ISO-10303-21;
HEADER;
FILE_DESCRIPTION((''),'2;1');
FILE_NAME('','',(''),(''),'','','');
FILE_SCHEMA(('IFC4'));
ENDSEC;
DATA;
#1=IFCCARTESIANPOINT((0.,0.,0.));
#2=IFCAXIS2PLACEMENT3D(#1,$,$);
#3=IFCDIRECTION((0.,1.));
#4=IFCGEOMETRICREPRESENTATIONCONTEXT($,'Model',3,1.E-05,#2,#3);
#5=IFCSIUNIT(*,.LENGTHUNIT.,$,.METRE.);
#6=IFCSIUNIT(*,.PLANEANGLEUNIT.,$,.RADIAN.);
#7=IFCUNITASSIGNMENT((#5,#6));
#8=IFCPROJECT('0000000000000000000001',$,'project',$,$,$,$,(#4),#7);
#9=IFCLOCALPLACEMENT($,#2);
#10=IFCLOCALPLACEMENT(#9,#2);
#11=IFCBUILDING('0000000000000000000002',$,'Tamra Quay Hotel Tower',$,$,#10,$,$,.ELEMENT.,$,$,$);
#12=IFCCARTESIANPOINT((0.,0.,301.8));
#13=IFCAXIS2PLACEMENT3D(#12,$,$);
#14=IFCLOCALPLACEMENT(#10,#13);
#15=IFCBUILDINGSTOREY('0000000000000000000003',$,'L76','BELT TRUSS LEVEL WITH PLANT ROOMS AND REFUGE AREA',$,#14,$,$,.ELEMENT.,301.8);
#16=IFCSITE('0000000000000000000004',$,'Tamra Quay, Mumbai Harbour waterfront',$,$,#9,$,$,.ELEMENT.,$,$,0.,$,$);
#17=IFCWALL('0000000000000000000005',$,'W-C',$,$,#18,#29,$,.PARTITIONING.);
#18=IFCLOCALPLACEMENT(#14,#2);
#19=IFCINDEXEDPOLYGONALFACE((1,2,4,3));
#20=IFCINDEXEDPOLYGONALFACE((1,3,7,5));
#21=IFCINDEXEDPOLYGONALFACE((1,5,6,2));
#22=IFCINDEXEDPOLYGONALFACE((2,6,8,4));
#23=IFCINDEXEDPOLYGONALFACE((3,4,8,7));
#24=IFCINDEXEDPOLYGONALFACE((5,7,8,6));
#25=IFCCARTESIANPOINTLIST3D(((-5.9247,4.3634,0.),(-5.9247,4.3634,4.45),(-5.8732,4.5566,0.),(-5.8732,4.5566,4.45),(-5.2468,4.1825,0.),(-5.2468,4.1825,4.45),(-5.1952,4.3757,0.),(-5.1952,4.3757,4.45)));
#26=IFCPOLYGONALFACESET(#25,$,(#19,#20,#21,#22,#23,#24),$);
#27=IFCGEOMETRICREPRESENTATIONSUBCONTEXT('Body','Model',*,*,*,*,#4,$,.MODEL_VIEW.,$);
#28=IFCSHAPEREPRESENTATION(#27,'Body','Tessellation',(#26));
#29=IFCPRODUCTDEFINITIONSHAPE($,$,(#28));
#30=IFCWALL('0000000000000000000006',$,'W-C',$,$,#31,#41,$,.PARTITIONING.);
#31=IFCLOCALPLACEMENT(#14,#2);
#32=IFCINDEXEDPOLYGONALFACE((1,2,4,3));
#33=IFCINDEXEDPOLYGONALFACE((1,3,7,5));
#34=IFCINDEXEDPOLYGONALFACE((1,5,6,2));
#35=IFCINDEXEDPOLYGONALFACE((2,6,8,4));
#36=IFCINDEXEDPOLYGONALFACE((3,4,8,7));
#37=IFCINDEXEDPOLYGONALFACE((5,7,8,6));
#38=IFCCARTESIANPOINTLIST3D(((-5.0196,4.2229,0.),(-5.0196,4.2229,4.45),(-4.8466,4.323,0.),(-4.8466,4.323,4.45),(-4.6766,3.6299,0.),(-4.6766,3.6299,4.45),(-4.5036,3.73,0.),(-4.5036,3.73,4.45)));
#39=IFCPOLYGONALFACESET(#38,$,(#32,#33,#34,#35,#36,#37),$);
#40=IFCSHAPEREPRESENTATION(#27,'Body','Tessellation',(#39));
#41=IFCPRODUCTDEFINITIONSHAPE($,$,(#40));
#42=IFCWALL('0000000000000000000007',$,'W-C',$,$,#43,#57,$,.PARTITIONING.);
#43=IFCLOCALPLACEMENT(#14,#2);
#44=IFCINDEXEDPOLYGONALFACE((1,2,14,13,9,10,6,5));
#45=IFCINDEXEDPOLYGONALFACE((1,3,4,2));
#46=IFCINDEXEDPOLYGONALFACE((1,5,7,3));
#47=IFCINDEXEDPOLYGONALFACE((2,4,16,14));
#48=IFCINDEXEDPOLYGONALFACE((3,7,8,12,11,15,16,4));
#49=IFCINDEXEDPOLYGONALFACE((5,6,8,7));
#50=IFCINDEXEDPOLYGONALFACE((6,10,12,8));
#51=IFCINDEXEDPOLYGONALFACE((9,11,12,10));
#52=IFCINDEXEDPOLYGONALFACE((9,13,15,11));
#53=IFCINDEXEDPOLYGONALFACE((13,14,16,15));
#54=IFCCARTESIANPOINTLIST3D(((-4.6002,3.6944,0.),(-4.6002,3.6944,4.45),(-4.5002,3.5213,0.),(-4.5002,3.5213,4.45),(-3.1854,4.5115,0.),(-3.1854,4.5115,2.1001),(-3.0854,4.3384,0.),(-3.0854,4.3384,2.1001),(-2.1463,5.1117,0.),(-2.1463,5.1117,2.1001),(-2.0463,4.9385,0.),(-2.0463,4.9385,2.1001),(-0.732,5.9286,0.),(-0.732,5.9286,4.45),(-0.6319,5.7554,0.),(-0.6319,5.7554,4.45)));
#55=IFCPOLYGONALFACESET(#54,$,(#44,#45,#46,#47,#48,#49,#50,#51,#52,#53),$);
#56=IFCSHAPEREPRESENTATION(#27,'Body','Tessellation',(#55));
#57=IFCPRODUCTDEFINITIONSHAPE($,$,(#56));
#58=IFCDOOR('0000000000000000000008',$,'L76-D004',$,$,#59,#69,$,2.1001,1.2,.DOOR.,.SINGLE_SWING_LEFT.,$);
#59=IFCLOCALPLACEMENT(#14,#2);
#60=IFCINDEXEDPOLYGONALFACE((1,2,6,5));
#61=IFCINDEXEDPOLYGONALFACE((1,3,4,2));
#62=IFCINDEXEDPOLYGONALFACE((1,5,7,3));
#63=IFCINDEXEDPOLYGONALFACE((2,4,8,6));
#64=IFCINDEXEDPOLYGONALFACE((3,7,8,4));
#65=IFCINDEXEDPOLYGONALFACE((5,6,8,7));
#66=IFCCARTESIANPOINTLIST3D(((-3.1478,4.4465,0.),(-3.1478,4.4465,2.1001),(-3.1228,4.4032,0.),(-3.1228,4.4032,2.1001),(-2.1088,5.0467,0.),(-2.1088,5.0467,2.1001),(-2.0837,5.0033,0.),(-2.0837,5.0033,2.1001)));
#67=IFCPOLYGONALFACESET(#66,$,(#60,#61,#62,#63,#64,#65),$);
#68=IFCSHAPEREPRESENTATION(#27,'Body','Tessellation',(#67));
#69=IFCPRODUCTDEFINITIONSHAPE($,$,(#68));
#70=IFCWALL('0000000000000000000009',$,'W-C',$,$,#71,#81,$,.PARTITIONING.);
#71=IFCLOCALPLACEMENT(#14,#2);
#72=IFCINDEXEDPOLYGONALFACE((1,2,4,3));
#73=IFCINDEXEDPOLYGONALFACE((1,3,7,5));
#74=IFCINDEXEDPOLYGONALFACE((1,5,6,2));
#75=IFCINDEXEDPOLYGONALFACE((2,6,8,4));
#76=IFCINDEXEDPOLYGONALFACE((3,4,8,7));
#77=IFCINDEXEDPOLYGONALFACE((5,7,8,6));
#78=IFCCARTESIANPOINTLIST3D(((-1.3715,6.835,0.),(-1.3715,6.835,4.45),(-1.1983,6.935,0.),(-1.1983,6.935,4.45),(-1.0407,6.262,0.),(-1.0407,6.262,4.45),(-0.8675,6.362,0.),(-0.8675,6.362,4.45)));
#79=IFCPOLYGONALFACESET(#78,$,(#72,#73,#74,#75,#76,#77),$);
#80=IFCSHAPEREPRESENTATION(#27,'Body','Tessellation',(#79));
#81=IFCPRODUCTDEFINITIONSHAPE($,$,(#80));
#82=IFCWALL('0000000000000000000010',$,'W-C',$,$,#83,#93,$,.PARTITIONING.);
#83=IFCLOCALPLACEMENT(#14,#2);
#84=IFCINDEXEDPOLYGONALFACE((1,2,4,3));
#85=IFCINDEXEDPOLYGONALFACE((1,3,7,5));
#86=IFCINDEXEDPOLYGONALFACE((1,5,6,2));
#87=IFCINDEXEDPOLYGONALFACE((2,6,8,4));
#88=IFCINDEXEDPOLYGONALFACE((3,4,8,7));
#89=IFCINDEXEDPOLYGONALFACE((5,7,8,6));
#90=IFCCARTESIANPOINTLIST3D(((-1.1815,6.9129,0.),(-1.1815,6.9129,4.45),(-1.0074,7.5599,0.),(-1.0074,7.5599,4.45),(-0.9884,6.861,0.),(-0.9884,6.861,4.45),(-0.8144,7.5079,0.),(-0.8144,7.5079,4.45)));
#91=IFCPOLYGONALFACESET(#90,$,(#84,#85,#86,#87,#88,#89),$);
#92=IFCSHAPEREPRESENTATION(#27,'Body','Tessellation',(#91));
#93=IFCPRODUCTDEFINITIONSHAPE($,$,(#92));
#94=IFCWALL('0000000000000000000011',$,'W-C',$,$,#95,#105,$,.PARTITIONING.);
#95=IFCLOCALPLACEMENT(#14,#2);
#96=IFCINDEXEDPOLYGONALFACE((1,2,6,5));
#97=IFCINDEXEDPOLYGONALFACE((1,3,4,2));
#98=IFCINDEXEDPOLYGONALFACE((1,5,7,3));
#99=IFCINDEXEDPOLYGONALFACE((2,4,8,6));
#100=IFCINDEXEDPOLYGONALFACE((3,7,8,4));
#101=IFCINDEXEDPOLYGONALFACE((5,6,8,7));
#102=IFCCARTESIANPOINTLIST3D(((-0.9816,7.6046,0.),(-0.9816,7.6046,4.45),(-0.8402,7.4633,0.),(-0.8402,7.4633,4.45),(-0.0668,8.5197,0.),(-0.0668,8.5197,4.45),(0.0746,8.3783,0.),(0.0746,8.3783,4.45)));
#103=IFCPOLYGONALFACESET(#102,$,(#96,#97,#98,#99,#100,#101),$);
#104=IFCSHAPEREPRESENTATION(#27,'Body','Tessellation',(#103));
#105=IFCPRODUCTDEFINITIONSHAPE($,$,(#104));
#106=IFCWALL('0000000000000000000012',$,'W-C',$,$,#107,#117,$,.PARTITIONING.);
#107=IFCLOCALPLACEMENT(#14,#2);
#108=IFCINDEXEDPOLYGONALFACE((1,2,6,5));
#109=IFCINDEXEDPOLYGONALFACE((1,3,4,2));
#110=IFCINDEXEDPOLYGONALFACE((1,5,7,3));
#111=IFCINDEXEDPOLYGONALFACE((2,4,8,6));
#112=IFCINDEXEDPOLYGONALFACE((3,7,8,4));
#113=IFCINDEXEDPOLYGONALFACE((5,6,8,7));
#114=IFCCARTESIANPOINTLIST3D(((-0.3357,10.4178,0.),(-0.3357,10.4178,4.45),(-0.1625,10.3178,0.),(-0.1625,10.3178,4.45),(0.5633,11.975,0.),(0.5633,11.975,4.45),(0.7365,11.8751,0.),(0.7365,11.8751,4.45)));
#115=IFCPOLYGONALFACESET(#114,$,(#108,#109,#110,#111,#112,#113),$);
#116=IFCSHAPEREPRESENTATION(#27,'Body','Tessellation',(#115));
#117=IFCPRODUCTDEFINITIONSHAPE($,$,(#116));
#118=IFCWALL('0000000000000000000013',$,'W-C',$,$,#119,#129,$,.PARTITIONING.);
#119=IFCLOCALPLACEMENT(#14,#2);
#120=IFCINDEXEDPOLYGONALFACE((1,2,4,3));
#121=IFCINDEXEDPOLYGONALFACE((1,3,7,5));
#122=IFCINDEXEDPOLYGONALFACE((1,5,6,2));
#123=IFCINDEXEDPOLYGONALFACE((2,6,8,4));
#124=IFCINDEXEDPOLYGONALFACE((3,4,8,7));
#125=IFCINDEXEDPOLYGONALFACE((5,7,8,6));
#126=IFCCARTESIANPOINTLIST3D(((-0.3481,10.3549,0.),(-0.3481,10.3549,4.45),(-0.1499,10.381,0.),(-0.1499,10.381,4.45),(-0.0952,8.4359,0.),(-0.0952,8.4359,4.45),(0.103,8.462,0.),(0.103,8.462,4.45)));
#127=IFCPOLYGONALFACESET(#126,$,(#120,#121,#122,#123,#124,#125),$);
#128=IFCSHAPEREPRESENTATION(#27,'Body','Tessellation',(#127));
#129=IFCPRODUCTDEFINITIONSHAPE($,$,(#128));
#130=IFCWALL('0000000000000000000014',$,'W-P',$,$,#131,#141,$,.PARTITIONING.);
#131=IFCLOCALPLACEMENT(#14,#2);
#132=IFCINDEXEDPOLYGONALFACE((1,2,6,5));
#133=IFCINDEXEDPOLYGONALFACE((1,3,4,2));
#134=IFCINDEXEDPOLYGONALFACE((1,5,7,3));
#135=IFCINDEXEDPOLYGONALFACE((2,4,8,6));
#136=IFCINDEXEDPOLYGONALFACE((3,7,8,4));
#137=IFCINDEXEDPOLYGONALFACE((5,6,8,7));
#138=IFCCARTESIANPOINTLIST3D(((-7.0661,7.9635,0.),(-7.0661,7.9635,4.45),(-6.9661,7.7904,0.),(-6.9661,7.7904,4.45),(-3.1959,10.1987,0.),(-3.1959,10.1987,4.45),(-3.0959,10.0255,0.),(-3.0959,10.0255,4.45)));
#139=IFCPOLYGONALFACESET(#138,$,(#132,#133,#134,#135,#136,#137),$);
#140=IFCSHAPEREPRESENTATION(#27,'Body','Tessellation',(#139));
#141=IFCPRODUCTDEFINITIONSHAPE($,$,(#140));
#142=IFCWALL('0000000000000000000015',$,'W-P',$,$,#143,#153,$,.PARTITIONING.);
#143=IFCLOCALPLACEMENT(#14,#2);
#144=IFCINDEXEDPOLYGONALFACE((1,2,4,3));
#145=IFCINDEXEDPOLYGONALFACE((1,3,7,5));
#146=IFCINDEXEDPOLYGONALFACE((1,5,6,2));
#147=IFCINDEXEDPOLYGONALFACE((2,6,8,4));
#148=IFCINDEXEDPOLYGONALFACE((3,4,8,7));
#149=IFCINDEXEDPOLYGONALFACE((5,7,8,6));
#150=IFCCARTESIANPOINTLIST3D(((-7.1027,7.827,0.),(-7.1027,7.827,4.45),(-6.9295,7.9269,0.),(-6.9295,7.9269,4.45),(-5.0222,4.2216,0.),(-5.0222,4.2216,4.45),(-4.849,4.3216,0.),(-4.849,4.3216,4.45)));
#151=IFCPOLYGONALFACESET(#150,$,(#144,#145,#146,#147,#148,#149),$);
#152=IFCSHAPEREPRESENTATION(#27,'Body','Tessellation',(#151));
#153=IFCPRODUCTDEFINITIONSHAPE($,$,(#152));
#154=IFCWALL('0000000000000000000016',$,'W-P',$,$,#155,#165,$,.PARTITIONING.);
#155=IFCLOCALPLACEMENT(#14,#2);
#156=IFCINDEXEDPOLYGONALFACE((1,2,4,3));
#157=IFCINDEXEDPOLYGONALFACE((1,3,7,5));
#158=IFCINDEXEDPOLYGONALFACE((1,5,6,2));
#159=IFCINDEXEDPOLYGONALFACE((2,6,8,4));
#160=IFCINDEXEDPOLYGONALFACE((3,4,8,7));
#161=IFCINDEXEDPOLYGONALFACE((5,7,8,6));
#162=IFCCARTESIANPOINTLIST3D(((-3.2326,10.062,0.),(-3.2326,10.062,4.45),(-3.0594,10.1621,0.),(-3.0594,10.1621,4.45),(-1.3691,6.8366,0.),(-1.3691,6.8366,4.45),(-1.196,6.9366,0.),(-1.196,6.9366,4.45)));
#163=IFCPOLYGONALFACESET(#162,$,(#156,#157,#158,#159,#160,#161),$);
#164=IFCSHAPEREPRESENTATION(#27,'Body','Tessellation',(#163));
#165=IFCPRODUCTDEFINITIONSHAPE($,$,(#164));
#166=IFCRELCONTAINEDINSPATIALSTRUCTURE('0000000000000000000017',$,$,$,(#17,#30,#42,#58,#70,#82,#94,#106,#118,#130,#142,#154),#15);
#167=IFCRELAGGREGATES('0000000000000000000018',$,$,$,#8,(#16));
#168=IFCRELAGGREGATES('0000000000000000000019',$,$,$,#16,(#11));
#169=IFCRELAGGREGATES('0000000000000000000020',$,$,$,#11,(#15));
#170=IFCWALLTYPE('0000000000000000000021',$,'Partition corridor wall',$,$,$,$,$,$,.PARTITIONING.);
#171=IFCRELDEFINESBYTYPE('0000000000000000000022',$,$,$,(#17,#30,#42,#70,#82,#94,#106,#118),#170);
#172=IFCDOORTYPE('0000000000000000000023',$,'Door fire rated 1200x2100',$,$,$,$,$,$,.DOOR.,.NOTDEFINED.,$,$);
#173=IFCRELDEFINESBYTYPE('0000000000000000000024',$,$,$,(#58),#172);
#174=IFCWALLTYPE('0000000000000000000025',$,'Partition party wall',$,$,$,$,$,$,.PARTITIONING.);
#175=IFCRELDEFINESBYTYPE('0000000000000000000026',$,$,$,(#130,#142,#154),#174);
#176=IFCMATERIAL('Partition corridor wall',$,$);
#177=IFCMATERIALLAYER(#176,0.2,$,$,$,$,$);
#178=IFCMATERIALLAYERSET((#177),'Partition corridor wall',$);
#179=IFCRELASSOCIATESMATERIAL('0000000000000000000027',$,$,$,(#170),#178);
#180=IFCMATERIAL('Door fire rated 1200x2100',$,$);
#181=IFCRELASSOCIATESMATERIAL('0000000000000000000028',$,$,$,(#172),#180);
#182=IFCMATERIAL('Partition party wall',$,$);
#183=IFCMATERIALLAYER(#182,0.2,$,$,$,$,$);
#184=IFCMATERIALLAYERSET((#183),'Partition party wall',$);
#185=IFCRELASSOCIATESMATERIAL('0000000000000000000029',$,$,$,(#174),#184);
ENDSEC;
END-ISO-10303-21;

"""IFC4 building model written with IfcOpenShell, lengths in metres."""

from ifc_helpers import new_model, si_unit, direction, frame, frame_2d, origin, place, context, subcontext, project, spatial, rectangle, extrude, material, layer, layer_set, type_object, element, fill, save


model = new_model("IFC4")

# Units and contexts
model_context = context("Model", 3, precision=1e-05, world=origin(), true_north=direction((0.0, 1.0)))
body_context = subcontext(model_context, "Body", "Model", "MODEL_VIEW")
ifc_project = project(units=[si_unit("LENGTHUNIT", "METRE"), si_unit("PLANEANGLEUNIT", "RADIAN")], contexts=[model_context])

# Site, building, storey
site_placement = place(None, origin())
site = spatial("IfcSite", under=ifc_project, at=site_placement, Name="Tamra Quay, Mumbai Harbour waterfront", CompositionType="ELEMENT", RefElevation=0.0)
building_placement = place(site_placement, origin())
building = spatial("IfcBuilding", under=site, at=building_placement, Name="Tamra Quay Hotel Tower", CompositionType="ELEMENT")
storey_placement = place(building_placement, frame((0.0, 0.0, 301.8)))
storey = spatial("IfcBuildingStorey", under=building, at=storey_placement, Name="L76", Description="BELT TRUSS LEVEL WITH PLANT ROOMS AND REFUGE AREA", CompositionType="ELEMENT", Elevation=301.8)

# Walls
ifc_material_1 = material(Name="Partition corridor wall")
ifc_layer_1 = layer(ifc_material_1, 0.2)
ifc_layer_set_1 = layer_set([ifc_layer_1], Name="Partition corridor wall")
wall_type_1 = type_object("IfcWallType", Name="Partition corridor wall", PredefinedType="PARTITIONING", material=ifc_layer_set_1)
wall_1_placement = place(storey_placement, frame((-5.8989, 4.46, 0.0), z_axis=(0.0, 0.0, 1.0), x_axis=(0.966195, -0.257814, 0.0)))
element("IfcWall", 1, at=wall_1_placement, inside=storey, type_object=wall_type_1, Name="W-C", PredefinedType="PARTITIONING", context=body_context, shape_type="SweptSolid", body=[
    extrude(rectangle(XDim=0.7017, YDim=0.2, at=frame_2d((0.3508, 0.0))), origin(), (0.0, 0.0, 1.0), 4.45),
])
wall_2_placement = place(storey_placement, frame((-4.9331, 4.2729, 0.0), z_axis=(0.0, 0.0, 1.0), x_axis=(0.500699, -0.865621, 0.0)))
element("IfcWall", 2, at=wall_2_placement, inside=storey, type_object=wall_type_1, Name="W-C", PredefinedType="PARTITIONING", context=body_context, shape_type="SweptSolid", body=[
    extrude(rectangle(XDim=0.6851, YDim=0.2, at=frame_2d((0.3425, 0.0))), origin(), (0.0, 0.0, 1.0), 4.45),
])

# Wall, opening, door
wall_3_placement = place(storey_placement, frame((-4.55, 3.6079, 0.0), z_axis=(0.0, 0.0, 1.0), x_axis=(0.865943, 0.500142, 0.0)))
wall_3 = element("IfcWall", 3, at=wall_3_placement, inside=storey, type_object=wall_type_1, Name="W-C", PredefinedType="PARTITIONING", context=body_context, shape_type="SweptSolid", body=[
    extrude(rectangle(XDim=4.467, YDim=0.2, at=frame_2d((2.2334, 0.0))), origin(), (0.0, 0.0, 1.0), 4.45),
])
opening_1_placement = place(wall_3_placement, frame((1.6335, 0.0, 0.0)))
opening_1 = element("IfcOpeningElement", 4, at=opening_1_placement, cuts=wall_3, PredefinedType="OPENING", context=body_context, shape_type="SweptSolid", body=[
    extrude(rectangle(XDim=1.2, YDim=2.1001, at=frame_2d((0.6001, 1.05))), frame((0.0, 0.1099, 0.0), z_axis=(0.0, -1.0, 0.0), x_axis=(1.0, 0.0, 0.0)), (0.0, 0.0, 1.0), 0.22),
])
ifc_material_2 = material(Name="Door fire rated 1200x2100")
door_type_1 = type_object("IfcDoorType", Name="Door fire rated 1200x2100", OperationType="NOTDEFINED", PredefinedType="DOOR", material=ifc_material_2)
door_1_placement = place(opening_1_placement, origin())
door_1 = element("IfcDoor", 5, at=door_1_placement, inside=storey, type_object=door_type_1, Name="L76-D004", OperationType="SINGLE_SWING_LEFT", OverallHeight=2.1001, OverallWidth=1.2, PredefinedType="DOOR", context=body_context, shape_type="SweptSolid", body=[
    extrude(rectangle(XDim=1.2, YDim=2.1001, at=frame_2d((0.6001, 1.05))), frame((0.0, 0.0249, 0.0), z_axis=(0.0, -1.0, 0.0), x_axis=(1.0, 0.0, 0.0)), (0.0, 0.0, 1.0), 0.05),
])
fill(opening_1, door_1)

# Walls
wall_4_placement = place(storey_placement, frame((-1.2849, 6.885, 0.0), z_axis=(0.0, 0.0, 1.0), x_axis=(0.499989, -0.866032, 0.0)))
element("IfcWall", 6, at=wall_4_placement, inside=storey, type_object=wall_type_1, Name="W-C", PredefinedType="PARTITIONING", context=body_context, shape_type="SweptSolid", body=[
    extrude(rectangle(XDim=0.6616, YDim=0.2, at=frame_2d((0.3308, 0.0))), origin(), (0.0, 0.0, 1.0), 4.45),
])
wall_5_placement = place(storey_placement, frame((-1.085, 6.887, 0.0), z_axis=(0.0, 0.0, 1.0), x_axis=(0.259817, 0.965658, 0.0)))
element("IfcWall", 7, at=wall_5_placement, inside=storey, type_object=wall_type_1, Name="W-C", PredefinedType="PARTITIONING", context=body_context, shape_type="SweptSolid", body=[
    extrude(rectangle(XDim=0.6699, YDim=0.2, at=frame_2d((0.335, 0.0))), origin(), (0.0, 0.0, 1.0), 4.45),
])
wall_6_placement = place(storey_placement, frame((-0.9109, 7.5339, 0.0), z_axis=(0.0, 0.0, 1.0), x_axis=(0.707012, 0.707201, 0.0)))
element("IfcWall", 8, at=wall_6_placement, inside=storey, type_object=wall_type_1, Name="W-C", PredefinedType="PARTITIONING", context=body_context, shape_type="SweptSolid", body=[
    extrude(rectangle(XDim=1.2939, YDim=0.2, at=frame_2d((0.647, 0.0))), origin(), (0.0, 0.0, 1.0), 4.45),
])
wall_7_placement = place(storey_placement, frame((-0.249, 10.3679, 0.0), z_axis=(0.0, 0.0, 1.0), x_axis=(0.499965, 0.866045, 0.0)))
element("IfcWall", 9, at=wall_7_placement, inside=storey, type_object=wall_type_1, Name="W-C", PredefinedType="PARTITIONING", context=body_context, shape_type="SweptSolid", body=[
    extrude(rectangle(XDim=1.7981, YDim=0.2, at=frame_2d((0.8989, 0.0))), origin(), (0.0, 0.0, 1.0), 4.45),
])
wall_8_placement = place(storey_placement, frame((-0.249, 10.3679, 0.0), z_axis=(0.0, 0.0, 1.0), x_axis=(0.130676, -0.991425, 0.0)))
element("IfcWall", 10, at=wall_8_placement, inside=storey, type_object=wall_type_1, Name="W-C", PredefinedType="PARTITIONING", context=body_context, shape_type="SweptSolid", body=[
    extrude(rectangle(XDim=1.9355, YDim=0.2, at=frame_2d((0.9678, 0.0))), origin(), (0.0, 0.0, 1.0), 4.45),
])
ifc_material_3 = material(Name="Partition party wall")
ifc_layer_2 = layer(ifc_material_3, 0.2)
ifc_layer_set_2 = layer_set([ifc_layer_2], Name="Partition party wall")
wall_type_2 = type_object("IfcWallType", Name="Partition party wall", PredefinedType="PARTITIONING", material=ifc_layer_set_2)
wall_9_placement = place(storey_placement, frame((-7.0161, 7.877, 0.0), z_axis=(0.0, 0.0, 1.0), x_axis=(0.865958, 0.500116, 0.0)))
element("IfcWall", 11, at=wall_9_placement, inside=storey, type_object=wall_type_2, Name="W-P", PredefinedType="PARTITIONING", context=body_context, shape_type="SweptSolid", body=[
    extrude(rectangle(XDim=4.4692, YDim=0.2, at=frame_2d((2.2346, 0.0))), origin(), (0.0, 0.0, 1.0), 4.45),
])
wall_10_placement = place(storey_placement, frame((-7.0161, 7.877, 0.0), z_axis=(0.0, 0.0, 1.0), x_axis=(0.49981, -0.866135, 0.0)))
element("IfcWall", 12, at=wall_10_placement, inside=storey, type_object=wall_type_2, Name="W-P", PredefinedType="PARTITIONING", context=body_context, shape_type="SweptSolid", body=[
    extrude(rectangle(XDim=4.1626, YDim=0.2, at=frame_2d((2.0813, 0.0))), origin(), (0.0, 0.0, 1.0), 4.45),
])
wall_11_placement = place(storey_placement, frame((-3.146, 10.1121, 0.0), z_axis=(0.0, 0.0, 1.0), x_axis=(0.500248, -0.865882, 0.0)))
element("IfcWall", 13, at=wall_11_placement, inside=storey, type_object=wall_type_2, Name="W-P", PredefinedType="PARTITIONING", context=body_context, shape_type="SweptSolid", body=[
    extrude(rectangle(XDim=3.7251, YDim=0.2, at=frame_2d((1.8625, 0.0))), origin(), (0.0, 0.0, 1.0), 4.45),
])

save(model, "model.ifc")
